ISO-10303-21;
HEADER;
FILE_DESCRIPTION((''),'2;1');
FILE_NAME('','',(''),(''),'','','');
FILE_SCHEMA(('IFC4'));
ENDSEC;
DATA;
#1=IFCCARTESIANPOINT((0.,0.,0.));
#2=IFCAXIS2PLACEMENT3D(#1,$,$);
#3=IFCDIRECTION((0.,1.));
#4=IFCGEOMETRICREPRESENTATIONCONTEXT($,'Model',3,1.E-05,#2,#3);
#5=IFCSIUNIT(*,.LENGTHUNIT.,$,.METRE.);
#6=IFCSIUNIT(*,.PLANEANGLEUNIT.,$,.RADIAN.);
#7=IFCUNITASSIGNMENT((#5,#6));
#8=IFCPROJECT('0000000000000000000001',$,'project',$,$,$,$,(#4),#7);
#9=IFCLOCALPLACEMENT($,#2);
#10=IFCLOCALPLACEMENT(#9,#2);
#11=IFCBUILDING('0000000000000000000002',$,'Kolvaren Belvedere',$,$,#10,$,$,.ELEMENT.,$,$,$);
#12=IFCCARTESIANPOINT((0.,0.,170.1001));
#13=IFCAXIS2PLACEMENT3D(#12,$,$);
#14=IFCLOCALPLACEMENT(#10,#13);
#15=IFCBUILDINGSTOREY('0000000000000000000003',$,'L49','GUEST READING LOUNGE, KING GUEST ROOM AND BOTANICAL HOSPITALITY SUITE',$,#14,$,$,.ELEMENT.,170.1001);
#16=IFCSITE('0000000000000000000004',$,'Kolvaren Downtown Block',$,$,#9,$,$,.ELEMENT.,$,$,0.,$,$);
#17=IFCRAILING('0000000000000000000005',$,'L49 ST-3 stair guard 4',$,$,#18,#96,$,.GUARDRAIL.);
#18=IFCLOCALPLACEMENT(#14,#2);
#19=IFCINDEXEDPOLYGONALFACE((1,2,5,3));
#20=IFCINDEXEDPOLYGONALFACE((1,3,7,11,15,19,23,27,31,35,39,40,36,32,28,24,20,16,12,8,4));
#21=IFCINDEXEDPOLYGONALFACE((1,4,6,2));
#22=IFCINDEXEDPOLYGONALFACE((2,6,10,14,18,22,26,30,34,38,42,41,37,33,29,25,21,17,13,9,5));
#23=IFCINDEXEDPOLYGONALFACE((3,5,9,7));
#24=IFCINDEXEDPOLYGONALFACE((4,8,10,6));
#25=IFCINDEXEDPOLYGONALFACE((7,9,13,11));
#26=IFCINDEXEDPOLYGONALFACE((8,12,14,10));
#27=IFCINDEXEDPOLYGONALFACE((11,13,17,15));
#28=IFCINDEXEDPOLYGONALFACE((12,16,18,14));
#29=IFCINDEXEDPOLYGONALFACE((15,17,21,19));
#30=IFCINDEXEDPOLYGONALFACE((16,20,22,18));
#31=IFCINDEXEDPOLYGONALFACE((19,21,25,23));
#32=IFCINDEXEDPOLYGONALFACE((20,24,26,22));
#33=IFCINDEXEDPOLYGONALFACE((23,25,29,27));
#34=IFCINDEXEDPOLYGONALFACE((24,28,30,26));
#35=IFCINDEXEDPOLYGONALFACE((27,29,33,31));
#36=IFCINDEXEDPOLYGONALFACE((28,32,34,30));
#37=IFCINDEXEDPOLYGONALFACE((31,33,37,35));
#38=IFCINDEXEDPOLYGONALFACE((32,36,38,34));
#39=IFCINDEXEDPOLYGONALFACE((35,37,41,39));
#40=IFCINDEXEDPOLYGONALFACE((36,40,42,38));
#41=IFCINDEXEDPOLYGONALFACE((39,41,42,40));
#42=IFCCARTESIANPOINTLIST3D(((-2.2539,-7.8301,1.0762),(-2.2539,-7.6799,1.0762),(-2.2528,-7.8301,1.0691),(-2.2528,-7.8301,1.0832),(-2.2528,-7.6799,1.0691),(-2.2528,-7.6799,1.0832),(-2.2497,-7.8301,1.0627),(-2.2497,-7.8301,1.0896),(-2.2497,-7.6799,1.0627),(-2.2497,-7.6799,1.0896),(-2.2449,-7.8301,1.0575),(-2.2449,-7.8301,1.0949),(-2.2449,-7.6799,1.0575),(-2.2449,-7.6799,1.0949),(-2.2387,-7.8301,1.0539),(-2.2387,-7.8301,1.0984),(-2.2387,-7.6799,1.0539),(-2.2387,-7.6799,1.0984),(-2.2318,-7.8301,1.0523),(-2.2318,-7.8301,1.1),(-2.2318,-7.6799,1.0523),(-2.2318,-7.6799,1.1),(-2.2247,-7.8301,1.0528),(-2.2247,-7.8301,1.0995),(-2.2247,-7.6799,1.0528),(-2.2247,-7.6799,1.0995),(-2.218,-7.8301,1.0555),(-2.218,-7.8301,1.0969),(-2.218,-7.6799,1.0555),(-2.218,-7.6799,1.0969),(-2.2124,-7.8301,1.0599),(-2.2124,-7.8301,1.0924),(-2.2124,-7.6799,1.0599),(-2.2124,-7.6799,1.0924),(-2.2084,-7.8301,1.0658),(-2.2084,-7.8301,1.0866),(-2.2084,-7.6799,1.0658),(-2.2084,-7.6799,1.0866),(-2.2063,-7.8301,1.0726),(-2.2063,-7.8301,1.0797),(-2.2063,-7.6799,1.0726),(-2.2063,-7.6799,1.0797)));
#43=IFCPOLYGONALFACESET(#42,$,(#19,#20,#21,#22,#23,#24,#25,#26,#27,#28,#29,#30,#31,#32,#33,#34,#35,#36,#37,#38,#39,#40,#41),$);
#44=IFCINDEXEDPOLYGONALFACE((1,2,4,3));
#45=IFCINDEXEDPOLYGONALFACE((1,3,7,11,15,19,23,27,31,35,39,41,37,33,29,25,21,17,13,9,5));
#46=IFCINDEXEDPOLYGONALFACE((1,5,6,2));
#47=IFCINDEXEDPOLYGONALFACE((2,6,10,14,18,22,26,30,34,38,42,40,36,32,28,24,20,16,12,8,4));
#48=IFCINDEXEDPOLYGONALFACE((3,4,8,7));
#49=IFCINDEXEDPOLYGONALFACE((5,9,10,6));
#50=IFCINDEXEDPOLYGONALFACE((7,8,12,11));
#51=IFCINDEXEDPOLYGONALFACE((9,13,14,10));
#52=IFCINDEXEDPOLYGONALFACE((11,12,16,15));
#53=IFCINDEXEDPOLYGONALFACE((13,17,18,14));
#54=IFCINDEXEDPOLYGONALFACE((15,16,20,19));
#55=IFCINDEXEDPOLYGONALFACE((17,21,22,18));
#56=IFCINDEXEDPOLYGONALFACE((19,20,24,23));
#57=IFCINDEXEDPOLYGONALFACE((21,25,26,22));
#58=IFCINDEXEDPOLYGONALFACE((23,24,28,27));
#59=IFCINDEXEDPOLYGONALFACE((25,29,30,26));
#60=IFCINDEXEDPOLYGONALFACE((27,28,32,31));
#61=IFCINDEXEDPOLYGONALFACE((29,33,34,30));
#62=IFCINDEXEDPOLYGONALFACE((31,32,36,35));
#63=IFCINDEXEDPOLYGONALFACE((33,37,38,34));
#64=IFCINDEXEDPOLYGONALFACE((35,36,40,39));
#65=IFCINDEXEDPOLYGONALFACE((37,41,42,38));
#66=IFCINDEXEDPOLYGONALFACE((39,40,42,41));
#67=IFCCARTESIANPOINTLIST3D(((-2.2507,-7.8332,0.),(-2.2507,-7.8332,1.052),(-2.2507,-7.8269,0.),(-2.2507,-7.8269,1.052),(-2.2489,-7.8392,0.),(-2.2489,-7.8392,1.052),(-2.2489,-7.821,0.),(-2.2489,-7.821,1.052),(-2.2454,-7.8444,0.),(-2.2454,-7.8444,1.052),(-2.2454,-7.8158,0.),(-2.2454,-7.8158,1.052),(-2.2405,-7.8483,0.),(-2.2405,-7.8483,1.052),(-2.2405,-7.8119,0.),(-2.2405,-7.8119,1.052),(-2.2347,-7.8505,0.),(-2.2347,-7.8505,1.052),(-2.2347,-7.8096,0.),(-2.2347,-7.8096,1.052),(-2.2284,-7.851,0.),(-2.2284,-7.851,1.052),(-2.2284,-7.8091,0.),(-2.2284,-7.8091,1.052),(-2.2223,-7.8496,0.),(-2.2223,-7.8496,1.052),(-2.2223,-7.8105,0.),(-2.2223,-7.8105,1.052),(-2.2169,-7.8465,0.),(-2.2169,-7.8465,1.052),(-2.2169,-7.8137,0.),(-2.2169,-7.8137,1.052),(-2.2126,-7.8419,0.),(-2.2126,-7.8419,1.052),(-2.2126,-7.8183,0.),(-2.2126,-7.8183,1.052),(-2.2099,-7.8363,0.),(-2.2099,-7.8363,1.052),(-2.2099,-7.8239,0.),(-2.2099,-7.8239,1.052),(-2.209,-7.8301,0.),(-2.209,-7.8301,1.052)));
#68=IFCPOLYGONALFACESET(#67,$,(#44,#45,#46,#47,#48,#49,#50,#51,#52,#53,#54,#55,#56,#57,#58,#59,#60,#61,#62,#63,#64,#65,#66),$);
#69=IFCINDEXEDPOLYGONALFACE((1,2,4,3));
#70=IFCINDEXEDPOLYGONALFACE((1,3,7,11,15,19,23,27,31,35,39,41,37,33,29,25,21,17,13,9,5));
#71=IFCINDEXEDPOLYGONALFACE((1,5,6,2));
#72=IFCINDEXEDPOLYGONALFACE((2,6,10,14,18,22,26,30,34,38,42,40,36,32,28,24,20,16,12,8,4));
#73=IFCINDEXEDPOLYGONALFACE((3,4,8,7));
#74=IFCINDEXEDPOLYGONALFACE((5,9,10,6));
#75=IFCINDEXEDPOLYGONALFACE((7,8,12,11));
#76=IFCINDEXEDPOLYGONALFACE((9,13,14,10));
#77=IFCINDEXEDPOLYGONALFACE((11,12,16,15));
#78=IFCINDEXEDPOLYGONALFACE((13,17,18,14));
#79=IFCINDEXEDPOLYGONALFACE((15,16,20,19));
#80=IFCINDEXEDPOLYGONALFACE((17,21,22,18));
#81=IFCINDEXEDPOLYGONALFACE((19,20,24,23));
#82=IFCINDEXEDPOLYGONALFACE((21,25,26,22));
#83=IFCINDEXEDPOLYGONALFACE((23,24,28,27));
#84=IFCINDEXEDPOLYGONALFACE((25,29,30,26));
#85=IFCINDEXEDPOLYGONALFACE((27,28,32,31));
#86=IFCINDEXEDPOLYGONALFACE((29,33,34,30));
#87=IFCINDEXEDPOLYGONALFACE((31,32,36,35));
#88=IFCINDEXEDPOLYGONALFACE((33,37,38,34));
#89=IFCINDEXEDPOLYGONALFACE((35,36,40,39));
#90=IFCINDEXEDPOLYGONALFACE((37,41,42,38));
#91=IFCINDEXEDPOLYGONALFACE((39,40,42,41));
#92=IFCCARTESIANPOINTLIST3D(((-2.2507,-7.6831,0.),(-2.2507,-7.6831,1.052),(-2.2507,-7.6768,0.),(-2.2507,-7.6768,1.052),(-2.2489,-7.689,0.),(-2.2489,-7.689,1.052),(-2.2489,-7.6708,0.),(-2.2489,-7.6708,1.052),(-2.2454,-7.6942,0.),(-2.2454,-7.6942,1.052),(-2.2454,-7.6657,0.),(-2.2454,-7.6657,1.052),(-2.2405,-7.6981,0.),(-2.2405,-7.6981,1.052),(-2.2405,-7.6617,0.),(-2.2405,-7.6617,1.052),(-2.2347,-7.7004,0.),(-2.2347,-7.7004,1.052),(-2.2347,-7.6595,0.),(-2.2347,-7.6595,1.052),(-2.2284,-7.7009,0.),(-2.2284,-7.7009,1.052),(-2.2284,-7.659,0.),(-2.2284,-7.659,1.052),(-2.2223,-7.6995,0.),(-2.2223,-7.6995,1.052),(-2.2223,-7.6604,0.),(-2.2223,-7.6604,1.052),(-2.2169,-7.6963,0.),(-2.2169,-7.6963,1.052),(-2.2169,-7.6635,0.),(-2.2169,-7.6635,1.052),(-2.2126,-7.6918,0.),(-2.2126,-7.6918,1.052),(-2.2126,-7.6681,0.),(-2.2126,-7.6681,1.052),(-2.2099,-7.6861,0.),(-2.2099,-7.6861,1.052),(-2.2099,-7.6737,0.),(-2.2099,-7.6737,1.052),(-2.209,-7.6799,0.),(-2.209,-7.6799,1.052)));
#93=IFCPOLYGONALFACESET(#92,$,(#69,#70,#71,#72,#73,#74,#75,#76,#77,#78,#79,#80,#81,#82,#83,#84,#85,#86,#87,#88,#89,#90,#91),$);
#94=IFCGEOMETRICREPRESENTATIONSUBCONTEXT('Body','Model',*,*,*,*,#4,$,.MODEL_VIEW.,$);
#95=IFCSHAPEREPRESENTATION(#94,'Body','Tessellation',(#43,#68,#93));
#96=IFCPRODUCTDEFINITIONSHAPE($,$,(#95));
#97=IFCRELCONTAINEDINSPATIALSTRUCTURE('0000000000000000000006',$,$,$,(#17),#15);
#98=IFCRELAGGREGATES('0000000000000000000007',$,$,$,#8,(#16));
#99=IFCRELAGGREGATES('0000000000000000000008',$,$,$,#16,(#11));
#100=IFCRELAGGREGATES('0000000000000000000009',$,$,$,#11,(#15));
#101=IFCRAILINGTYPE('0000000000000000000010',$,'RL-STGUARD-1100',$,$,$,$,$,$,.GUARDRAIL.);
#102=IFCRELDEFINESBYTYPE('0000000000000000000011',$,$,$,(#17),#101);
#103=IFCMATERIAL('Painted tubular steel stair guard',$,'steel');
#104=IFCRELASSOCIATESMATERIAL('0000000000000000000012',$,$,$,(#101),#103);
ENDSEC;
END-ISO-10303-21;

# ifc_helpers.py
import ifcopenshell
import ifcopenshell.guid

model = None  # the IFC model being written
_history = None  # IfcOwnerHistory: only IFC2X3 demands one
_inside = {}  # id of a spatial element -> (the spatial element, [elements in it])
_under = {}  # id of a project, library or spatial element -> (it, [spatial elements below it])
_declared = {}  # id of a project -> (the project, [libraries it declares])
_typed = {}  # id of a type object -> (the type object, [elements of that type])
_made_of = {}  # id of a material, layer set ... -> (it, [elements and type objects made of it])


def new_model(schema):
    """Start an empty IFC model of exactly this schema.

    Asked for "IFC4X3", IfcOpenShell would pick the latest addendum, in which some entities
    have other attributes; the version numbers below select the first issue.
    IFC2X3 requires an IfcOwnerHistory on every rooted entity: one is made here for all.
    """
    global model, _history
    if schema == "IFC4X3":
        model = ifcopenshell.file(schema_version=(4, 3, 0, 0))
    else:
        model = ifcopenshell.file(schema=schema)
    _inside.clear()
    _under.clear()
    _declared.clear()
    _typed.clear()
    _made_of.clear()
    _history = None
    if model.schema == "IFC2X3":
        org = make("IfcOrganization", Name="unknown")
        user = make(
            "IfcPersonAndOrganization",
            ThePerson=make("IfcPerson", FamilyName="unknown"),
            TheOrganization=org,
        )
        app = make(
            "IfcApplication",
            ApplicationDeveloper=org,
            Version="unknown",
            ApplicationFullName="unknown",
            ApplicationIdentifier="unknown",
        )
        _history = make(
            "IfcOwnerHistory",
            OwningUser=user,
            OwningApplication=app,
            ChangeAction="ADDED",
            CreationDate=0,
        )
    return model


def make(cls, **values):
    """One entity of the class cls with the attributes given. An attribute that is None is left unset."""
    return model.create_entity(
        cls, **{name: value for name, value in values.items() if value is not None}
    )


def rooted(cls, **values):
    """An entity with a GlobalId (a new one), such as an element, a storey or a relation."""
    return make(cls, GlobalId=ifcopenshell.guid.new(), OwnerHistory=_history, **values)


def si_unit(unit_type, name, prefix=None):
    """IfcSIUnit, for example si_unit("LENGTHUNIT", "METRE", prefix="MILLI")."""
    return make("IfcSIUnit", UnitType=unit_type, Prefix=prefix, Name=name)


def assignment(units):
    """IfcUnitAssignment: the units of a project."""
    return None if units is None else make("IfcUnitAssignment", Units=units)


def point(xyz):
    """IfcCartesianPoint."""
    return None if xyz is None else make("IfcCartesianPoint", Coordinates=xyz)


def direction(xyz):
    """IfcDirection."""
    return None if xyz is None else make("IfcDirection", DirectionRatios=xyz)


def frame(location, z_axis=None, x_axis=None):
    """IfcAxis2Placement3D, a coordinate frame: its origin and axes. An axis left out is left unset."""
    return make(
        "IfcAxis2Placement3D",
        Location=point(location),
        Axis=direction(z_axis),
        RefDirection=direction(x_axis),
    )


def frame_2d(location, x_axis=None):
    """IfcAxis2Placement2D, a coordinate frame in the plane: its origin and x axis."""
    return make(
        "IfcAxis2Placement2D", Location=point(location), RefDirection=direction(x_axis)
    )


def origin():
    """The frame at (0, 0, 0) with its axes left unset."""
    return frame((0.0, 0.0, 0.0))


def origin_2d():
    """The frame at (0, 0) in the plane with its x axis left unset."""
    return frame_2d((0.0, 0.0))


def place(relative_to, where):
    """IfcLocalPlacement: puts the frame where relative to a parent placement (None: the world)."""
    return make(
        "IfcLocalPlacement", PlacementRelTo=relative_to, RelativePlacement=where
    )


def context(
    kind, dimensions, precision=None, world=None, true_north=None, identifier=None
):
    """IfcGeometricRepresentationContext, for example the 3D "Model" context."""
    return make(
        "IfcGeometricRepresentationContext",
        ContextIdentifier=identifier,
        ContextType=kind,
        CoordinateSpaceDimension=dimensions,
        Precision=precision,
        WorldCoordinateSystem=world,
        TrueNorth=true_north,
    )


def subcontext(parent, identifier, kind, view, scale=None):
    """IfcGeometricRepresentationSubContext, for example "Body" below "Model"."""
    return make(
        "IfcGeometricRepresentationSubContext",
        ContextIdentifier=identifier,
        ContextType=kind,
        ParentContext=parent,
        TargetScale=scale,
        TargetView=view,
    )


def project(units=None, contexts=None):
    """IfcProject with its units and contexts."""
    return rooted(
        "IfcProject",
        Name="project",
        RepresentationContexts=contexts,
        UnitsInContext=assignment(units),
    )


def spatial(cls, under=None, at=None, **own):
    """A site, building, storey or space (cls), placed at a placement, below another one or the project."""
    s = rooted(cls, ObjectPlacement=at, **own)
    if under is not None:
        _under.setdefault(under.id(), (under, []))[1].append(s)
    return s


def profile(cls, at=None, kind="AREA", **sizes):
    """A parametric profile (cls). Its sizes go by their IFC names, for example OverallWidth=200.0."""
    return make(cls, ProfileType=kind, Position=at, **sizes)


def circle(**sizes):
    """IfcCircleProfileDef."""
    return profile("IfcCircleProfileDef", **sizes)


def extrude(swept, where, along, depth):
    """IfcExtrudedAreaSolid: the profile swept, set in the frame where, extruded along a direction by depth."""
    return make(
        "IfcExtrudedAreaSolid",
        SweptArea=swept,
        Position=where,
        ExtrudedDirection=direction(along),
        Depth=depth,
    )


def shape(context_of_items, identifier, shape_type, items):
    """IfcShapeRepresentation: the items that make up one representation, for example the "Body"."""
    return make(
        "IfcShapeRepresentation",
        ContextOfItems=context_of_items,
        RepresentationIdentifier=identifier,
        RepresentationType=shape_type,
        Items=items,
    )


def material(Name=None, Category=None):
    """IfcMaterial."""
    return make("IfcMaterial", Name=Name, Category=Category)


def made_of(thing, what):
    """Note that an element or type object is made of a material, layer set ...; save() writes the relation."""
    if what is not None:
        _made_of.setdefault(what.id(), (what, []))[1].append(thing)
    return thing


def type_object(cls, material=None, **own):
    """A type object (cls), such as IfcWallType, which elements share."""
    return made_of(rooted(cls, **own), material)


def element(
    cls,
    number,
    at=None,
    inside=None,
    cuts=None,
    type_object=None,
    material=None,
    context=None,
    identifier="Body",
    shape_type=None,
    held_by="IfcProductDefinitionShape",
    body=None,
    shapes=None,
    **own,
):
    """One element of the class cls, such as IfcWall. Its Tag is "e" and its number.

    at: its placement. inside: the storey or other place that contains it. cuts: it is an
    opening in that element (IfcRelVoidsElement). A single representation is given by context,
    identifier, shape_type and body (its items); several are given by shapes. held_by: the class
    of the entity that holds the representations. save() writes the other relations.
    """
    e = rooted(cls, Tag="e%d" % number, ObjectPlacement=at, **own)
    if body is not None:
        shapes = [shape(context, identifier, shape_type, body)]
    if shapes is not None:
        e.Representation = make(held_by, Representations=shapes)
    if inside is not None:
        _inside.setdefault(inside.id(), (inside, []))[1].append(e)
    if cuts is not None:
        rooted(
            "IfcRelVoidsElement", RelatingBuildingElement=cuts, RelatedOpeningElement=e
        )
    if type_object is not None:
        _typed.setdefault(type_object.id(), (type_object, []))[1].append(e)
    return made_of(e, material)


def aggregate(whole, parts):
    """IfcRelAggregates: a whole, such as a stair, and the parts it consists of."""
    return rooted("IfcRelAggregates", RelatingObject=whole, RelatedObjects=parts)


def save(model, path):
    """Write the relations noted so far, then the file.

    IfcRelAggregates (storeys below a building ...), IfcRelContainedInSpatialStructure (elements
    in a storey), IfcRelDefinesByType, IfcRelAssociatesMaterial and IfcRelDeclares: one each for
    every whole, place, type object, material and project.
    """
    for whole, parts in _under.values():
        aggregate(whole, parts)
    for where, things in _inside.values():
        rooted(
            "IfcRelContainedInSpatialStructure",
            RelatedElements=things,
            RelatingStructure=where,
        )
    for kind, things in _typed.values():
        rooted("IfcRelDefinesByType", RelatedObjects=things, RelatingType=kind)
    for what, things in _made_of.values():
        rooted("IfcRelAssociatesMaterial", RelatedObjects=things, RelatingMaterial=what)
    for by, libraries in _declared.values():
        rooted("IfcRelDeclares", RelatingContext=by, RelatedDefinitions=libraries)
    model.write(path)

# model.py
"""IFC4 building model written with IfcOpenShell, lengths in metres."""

from ifc_helpers import new_model, si_unit, direction, frame, origin, origin_2d, place, context, subcontext, project, spatial, circle, extrude, material, type_object, element, save


model = new_model("IFC4")

# Units and contexts
model_context = context("Model", 3, precision=1e-05, world=origin(), true_north=direction((0.0, 1.0)))
body_context = subcontext(model_context, "Body", "Model", "MODEL_VIEW")
ifc_project = project(units=[si_unit("LENGTHUNIT", "METRE"), si_unit("PLANEANGLEUNIT", "RADIAN")], contexts=[model_context])

# Site, building, storey
site_placement = place(None, origin())
site = spatial("IfcSite", under=ifc_project, at=site_placement, Name="Kolvaren Downtown Block", CompositionType="ELEMENT", RefElevation=0.0)
building_placement = place(site_placement, origin())
building = spatial("IfcBuilding", under=site, at=building_placement, Name="Kolvaren Belvedere", CompositionType="ELEMENT")
storey_placement = place(building_placement, frame((0.0, 0.0, 170.1001)))
storey = spatial("IfcBuildingStorey", under=building, at=storey_placement, Name="L49", Description="GUEST READING LOUNGE, KING GUEST ROOM AND BOTANICAL HOSPITALITY SUITE", CompositionType="ELEMENT", Elevation=170.1001)

# Railing
ifc_material_1 = material(Name="Painted tubular steel stair guard", Category="steel")
railing_type_1 = type_object("IfcRailingType", Name="RL-STGUARD-1100", PredefinedType="GUARDRAIL", material=ifc_material_1)
railing_1_placement = place(storey_placement, frame((-2.23, -7.8301, 0.0)))
element("IfcRailing", 1, at=railing_1_placement, inside=storey, type_object=railing_type_1, Name="L49 ST-3 stair guard 4", PredefinedType="GUARDRAIL", context=body_context, shape_type="SweptSolid", body=[
    extrude(circle(Radius=0.0239, at=origin_2d()), frame((0.0, 0.0, 1.0762), z_axis=(0.0, 1.0, 0.0), x_axis=(-1.0, 0.0, 0.0)), (0.0, 0.0, 1.0), 0.1501),
    extrude(circle(Radius=0.021, at=origin_2d()), origin(), (0.0, 0.0, 1.0), 1.052),
    extrude(circle(Radius=0.021, at=origin_2d()), frame((0.0, 0.1501, 0.0)), (0.0, 0.0, 1.0), 1.052),
])

save(model, "model.ifc")
